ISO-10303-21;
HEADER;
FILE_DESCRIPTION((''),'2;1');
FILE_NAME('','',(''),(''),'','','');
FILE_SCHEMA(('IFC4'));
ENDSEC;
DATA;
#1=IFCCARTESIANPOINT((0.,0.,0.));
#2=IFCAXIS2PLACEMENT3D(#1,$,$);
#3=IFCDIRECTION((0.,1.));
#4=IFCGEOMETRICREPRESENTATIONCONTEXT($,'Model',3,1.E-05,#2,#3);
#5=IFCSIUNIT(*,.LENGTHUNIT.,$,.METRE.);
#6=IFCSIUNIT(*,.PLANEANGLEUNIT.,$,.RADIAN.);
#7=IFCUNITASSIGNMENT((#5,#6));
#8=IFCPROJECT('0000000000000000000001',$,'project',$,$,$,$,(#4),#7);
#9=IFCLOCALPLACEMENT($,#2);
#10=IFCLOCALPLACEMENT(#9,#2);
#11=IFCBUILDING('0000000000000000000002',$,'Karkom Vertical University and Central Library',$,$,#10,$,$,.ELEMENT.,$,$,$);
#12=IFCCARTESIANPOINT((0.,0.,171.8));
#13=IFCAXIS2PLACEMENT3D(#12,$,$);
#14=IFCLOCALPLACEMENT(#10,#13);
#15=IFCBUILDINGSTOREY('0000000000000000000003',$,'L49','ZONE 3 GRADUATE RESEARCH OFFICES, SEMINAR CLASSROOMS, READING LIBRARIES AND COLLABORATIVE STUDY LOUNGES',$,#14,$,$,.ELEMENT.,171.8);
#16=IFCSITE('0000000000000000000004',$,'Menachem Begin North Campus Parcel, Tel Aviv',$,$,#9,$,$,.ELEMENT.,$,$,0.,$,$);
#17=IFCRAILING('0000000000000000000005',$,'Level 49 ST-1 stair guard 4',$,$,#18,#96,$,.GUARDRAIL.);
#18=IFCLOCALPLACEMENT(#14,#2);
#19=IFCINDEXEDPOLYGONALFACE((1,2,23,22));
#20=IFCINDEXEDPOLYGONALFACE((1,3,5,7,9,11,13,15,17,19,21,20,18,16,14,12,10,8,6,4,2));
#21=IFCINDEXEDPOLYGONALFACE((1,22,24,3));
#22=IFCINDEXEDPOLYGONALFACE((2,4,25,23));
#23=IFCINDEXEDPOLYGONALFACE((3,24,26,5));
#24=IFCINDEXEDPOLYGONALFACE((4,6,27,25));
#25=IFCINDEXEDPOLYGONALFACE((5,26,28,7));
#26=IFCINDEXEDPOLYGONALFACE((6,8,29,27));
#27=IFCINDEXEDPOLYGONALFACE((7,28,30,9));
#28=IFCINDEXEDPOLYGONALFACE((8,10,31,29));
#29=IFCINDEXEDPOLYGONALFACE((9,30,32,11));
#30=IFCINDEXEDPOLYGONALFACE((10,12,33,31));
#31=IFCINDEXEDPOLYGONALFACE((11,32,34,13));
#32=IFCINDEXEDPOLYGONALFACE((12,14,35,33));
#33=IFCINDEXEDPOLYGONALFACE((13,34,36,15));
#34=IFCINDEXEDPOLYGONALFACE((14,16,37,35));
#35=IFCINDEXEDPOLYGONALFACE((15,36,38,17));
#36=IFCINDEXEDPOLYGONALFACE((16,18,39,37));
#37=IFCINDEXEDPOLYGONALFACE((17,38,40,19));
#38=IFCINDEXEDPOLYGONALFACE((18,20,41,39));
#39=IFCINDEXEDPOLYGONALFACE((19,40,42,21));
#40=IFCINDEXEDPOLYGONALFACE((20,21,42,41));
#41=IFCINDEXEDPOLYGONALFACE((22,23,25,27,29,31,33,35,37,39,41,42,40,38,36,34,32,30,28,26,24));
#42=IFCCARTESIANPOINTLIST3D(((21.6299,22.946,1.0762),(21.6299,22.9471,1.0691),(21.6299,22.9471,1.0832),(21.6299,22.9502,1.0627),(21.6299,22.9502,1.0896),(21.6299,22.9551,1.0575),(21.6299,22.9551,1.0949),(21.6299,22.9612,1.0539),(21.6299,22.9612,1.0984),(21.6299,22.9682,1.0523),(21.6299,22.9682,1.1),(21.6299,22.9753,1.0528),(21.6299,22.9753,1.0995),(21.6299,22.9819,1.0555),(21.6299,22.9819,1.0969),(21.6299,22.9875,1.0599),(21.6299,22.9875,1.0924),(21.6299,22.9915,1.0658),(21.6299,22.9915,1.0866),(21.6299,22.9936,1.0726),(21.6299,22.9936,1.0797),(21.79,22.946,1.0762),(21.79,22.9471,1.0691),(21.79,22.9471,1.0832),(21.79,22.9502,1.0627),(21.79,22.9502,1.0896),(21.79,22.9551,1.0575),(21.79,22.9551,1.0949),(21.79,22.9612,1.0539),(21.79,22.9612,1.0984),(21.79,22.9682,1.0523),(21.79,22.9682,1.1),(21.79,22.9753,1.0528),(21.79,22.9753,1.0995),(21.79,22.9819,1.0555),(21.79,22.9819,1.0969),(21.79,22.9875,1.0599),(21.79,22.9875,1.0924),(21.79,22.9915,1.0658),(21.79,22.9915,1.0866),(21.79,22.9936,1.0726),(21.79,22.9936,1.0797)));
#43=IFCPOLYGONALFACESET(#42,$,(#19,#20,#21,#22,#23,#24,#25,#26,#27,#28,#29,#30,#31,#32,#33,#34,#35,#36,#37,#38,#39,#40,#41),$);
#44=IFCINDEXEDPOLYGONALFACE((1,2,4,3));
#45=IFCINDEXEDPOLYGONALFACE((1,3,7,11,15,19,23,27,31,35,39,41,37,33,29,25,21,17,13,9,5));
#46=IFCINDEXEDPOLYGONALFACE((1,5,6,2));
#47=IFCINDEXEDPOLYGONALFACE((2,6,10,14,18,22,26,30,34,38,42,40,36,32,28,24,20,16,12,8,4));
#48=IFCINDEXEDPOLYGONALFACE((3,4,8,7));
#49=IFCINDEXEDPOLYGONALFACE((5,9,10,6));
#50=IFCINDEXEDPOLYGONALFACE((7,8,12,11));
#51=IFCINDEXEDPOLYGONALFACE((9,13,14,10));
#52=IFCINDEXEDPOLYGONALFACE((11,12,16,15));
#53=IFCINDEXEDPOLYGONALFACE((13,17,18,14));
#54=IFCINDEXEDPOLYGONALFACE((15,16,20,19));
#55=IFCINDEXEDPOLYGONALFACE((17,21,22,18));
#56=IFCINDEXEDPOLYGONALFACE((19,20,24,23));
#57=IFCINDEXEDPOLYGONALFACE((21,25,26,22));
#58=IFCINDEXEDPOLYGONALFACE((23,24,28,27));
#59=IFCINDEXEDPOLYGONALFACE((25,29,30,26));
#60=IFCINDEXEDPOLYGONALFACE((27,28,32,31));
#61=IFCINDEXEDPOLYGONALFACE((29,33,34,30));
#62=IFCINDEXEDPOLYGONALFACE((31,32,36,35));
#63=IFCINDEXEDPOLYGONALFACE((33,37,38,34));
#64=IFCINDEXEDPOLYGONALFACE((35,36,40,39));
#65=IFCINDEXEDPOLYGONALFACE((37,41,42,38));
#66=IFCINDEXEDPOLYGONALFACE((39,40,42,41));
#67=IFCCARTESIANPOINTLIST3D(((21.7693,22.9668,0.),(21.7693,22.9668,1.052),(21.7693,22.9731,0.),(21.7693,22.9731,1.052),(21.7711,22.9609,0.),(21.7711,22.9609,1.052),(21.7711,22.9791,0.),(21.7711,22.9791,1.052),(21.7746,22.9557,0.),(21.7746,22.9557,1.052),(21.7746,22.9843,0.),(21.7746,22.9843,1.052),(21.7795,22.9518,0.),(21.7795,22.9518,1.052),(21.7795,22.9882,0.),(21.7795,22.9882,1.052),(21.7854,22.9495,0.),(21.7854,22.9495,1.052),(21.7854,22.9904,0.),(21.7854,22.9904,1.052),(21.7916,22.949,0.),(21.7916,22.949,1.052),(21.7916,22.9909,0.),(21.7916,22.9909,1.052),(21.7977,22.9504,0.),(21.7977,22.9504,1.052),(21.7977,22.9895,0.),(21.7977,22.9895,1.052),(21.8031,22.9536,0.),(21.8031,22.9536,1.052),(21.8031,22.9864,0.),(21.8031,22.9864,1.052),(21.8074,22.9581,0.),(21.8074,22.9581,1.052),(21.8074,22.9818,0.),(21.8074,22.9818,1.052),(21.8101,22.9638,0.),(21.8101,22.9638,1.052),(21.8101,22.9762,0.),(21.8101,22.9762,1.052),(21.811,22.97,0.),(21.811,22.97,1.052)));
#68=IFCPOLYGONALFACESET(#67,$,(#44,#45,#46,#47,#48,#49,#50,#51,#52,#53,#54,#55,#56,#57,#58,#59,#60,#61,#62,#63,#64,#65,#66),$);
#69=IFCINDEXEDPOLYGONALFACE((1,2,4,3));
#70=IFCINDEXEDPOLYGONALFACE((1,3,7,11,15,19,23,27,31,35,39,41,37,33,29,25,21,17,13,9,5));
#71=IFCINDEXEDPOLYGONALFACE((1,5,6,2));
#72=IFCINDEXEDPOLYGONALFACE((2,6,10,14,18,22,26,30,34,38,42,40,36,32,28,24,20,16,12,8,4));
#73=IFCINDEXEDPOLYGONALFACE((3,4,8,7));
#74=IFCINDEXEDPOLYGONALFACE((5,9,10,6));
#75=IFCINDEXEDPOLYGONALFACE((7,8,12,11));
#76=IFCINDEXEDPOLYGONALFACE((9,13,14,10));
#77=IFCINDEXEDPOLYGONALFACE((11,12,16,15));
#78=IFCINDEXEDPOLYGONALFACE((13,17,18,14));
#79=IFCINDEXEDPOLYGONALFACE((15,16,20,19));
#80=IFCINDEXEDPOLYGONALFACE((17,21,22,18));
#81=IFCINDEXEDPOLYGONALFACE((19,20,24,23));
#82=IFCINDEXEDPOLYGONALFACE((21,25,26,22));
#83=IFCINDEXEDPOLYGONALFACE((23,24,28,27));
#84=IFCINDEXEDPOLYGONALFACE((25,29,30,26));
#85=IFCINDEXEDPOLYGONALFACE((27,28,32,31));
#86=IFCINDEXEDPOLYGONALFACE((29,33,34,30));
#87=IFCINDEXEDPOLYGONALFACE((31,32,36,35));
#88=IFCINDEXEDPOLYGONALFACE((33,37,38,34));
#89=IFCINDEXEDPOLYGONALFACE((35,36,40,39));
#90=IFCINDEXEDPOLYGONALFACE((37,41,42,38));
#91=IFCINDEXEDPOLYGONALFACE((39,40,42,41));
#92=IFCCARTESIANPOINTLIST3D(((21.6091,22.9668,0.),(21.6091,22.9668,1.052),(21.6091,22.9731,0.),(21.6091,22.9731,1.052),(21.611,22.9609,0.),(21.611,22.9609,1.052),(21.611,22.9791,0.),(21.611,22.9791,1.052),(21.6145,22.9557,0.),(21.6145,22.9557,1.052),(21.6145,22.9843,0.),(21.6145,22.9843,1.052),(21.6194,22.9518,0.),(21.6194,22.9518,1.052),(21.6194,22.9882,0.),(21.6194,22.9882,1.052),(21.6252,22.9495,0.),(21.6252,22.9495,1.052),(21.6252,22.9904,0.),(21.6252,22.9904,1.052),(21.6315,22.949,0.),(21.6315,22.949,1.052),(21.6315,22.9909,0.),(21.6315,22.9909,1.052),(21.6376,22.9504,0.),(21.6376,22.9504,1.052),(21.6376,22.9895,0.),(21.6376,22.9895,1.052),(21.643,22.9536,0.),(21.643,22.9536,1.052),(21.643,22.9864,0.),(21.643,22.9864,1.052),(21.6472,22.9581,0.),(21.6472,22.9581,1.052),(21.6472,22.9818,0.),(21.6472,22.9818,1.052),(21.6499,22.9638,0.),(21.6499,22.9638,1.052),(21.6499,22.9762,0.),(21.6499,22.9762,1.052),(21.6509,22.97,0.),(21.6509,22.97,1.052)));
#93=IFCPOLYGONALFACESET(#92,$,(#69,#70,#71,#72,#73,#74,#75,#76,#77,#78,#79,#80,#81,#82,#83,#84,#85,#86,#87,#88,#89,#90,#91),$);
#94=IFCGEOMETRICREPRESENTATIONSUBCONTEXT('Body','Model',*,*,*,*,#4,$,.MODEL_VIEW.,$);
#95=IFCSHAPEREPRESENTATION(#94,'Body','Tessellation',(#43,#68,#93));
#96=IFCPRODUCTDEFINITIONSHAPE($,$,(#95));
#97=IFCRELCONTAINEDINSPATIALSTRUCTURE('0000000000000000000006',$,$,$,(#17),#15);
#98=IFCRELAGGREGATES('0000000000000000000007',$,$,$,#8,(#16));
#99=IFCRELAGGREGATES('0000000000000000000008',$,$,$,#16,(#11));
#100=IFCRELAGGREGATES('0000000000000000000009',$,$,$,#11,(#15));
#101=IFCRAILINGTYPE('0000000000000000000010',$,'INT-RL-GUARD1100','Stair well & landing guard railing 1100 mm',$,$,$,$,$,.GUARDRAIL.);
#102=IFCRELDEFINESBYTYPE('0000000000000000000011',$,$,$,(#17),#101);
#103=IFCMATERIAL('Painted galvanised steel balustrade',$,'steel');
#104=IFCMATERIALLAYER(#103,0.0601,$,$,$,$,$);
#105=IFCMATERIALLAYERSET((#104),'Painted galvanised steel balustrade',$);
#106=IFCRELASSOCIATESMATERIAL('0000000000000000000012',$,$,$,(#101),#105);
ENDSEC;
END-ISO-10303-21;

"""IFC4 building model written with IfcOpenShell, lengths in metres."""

from ifc_helpers import new_model, si_unit, direction, frame, origin, origin_2d, place, context, subcontext, project, spatial, circle, extrude, material, layer, layer_set, type_object, element, save


model = new_model("IFC4")

# Units and contexts
model_context = context("Model", 3, precision=1e-05, world=origin(), true_north=direction((0.0, 1.0)))
body_context = subcontext(model_context, "Body", "Model", "MODEL_VIEW")
ifc_project = project(units=[si_unit("LENGTHUNIT", "METRE"), si_unit("PLANEANGLEUNIT", "RADIAN")], contexts=[model_context])

# Site, building, storey
site_placement = place(None, origin())
site = spatial("IfcSite", under=ifc_project, at=site_placement, Name="Menachem Begin North Campus Parcel, Tel Aviv", CompositionType="ELEMENT", RefElevation=0.0)
building_placement = place(site_placement, origin())
building = spatial("IfcBuilding", under=site, at=building_placement, Name="Karkom Vertical University and Central Library", CompositionType="ELEMENT")
storey_placement = place(building_placement, frame((0.0, 0.0, 171.8)))
storey = spatial("IfcBuildingStorey", under=building, at=storey_placement, Name="L49", Description="ZONE 3 GRADUATE RESEARCH OFFICES, SEMINAR CLASSROOMS, READING LIBRARIES AND COLLABORATIVE STUDY LOUNGES", CompositionType="ELEMENT", Elevation=171.8)

# Railing
ifc_material_1 = material(Name="Painted galvanised steel balustrade", Category="steel")
ifc_layer_1 = layer(ifc_material_1, 0.0601)
ifc_layer_set_1 = layer_set([ifc_layer_1], Name="Painted galvanised steel balustrade")
railing_type = type_object("IfcRailingType", Name="INT-RL-GUARD1100", Description="Stair well & landing guard railing 1100 mm", PredefinedType="GUARDRAIL", material=ifc_layer_set_1)
railing_placement = place(storey_placement, frame((21.79, 22.97, 0.0)))
element("IfcRailing", 1, at=railing_placement, inside=storey, type_object=railing_type, Name="Level 49 ST-1 stair guard 4", PredefinedType="GUARDRAIL", context=body_context, shape_type="SweptSolid", body=[
    extrude(circle(Radius=0.0239, at=origin_2d()), frame((0.0, 0.0, 1.0762), z_axis=(-1.0, 0.0, 0.0), x_axis=(0.0, -1.0, 0.0)), (0.0, 0.0, 1.0), 0.1602),
    extrude(circle(Radius=0.021, at=origin_2d()), origin(), (0.0, 0.0, 1.0), 1.052),
    extrude(circle(Radius=0.021, at=origin_2d()), frame((-0.1602, 0.0, 0.0)), (0.0, 0.0, 1.0), 1.052),
])

save(model, "model.ifc")
